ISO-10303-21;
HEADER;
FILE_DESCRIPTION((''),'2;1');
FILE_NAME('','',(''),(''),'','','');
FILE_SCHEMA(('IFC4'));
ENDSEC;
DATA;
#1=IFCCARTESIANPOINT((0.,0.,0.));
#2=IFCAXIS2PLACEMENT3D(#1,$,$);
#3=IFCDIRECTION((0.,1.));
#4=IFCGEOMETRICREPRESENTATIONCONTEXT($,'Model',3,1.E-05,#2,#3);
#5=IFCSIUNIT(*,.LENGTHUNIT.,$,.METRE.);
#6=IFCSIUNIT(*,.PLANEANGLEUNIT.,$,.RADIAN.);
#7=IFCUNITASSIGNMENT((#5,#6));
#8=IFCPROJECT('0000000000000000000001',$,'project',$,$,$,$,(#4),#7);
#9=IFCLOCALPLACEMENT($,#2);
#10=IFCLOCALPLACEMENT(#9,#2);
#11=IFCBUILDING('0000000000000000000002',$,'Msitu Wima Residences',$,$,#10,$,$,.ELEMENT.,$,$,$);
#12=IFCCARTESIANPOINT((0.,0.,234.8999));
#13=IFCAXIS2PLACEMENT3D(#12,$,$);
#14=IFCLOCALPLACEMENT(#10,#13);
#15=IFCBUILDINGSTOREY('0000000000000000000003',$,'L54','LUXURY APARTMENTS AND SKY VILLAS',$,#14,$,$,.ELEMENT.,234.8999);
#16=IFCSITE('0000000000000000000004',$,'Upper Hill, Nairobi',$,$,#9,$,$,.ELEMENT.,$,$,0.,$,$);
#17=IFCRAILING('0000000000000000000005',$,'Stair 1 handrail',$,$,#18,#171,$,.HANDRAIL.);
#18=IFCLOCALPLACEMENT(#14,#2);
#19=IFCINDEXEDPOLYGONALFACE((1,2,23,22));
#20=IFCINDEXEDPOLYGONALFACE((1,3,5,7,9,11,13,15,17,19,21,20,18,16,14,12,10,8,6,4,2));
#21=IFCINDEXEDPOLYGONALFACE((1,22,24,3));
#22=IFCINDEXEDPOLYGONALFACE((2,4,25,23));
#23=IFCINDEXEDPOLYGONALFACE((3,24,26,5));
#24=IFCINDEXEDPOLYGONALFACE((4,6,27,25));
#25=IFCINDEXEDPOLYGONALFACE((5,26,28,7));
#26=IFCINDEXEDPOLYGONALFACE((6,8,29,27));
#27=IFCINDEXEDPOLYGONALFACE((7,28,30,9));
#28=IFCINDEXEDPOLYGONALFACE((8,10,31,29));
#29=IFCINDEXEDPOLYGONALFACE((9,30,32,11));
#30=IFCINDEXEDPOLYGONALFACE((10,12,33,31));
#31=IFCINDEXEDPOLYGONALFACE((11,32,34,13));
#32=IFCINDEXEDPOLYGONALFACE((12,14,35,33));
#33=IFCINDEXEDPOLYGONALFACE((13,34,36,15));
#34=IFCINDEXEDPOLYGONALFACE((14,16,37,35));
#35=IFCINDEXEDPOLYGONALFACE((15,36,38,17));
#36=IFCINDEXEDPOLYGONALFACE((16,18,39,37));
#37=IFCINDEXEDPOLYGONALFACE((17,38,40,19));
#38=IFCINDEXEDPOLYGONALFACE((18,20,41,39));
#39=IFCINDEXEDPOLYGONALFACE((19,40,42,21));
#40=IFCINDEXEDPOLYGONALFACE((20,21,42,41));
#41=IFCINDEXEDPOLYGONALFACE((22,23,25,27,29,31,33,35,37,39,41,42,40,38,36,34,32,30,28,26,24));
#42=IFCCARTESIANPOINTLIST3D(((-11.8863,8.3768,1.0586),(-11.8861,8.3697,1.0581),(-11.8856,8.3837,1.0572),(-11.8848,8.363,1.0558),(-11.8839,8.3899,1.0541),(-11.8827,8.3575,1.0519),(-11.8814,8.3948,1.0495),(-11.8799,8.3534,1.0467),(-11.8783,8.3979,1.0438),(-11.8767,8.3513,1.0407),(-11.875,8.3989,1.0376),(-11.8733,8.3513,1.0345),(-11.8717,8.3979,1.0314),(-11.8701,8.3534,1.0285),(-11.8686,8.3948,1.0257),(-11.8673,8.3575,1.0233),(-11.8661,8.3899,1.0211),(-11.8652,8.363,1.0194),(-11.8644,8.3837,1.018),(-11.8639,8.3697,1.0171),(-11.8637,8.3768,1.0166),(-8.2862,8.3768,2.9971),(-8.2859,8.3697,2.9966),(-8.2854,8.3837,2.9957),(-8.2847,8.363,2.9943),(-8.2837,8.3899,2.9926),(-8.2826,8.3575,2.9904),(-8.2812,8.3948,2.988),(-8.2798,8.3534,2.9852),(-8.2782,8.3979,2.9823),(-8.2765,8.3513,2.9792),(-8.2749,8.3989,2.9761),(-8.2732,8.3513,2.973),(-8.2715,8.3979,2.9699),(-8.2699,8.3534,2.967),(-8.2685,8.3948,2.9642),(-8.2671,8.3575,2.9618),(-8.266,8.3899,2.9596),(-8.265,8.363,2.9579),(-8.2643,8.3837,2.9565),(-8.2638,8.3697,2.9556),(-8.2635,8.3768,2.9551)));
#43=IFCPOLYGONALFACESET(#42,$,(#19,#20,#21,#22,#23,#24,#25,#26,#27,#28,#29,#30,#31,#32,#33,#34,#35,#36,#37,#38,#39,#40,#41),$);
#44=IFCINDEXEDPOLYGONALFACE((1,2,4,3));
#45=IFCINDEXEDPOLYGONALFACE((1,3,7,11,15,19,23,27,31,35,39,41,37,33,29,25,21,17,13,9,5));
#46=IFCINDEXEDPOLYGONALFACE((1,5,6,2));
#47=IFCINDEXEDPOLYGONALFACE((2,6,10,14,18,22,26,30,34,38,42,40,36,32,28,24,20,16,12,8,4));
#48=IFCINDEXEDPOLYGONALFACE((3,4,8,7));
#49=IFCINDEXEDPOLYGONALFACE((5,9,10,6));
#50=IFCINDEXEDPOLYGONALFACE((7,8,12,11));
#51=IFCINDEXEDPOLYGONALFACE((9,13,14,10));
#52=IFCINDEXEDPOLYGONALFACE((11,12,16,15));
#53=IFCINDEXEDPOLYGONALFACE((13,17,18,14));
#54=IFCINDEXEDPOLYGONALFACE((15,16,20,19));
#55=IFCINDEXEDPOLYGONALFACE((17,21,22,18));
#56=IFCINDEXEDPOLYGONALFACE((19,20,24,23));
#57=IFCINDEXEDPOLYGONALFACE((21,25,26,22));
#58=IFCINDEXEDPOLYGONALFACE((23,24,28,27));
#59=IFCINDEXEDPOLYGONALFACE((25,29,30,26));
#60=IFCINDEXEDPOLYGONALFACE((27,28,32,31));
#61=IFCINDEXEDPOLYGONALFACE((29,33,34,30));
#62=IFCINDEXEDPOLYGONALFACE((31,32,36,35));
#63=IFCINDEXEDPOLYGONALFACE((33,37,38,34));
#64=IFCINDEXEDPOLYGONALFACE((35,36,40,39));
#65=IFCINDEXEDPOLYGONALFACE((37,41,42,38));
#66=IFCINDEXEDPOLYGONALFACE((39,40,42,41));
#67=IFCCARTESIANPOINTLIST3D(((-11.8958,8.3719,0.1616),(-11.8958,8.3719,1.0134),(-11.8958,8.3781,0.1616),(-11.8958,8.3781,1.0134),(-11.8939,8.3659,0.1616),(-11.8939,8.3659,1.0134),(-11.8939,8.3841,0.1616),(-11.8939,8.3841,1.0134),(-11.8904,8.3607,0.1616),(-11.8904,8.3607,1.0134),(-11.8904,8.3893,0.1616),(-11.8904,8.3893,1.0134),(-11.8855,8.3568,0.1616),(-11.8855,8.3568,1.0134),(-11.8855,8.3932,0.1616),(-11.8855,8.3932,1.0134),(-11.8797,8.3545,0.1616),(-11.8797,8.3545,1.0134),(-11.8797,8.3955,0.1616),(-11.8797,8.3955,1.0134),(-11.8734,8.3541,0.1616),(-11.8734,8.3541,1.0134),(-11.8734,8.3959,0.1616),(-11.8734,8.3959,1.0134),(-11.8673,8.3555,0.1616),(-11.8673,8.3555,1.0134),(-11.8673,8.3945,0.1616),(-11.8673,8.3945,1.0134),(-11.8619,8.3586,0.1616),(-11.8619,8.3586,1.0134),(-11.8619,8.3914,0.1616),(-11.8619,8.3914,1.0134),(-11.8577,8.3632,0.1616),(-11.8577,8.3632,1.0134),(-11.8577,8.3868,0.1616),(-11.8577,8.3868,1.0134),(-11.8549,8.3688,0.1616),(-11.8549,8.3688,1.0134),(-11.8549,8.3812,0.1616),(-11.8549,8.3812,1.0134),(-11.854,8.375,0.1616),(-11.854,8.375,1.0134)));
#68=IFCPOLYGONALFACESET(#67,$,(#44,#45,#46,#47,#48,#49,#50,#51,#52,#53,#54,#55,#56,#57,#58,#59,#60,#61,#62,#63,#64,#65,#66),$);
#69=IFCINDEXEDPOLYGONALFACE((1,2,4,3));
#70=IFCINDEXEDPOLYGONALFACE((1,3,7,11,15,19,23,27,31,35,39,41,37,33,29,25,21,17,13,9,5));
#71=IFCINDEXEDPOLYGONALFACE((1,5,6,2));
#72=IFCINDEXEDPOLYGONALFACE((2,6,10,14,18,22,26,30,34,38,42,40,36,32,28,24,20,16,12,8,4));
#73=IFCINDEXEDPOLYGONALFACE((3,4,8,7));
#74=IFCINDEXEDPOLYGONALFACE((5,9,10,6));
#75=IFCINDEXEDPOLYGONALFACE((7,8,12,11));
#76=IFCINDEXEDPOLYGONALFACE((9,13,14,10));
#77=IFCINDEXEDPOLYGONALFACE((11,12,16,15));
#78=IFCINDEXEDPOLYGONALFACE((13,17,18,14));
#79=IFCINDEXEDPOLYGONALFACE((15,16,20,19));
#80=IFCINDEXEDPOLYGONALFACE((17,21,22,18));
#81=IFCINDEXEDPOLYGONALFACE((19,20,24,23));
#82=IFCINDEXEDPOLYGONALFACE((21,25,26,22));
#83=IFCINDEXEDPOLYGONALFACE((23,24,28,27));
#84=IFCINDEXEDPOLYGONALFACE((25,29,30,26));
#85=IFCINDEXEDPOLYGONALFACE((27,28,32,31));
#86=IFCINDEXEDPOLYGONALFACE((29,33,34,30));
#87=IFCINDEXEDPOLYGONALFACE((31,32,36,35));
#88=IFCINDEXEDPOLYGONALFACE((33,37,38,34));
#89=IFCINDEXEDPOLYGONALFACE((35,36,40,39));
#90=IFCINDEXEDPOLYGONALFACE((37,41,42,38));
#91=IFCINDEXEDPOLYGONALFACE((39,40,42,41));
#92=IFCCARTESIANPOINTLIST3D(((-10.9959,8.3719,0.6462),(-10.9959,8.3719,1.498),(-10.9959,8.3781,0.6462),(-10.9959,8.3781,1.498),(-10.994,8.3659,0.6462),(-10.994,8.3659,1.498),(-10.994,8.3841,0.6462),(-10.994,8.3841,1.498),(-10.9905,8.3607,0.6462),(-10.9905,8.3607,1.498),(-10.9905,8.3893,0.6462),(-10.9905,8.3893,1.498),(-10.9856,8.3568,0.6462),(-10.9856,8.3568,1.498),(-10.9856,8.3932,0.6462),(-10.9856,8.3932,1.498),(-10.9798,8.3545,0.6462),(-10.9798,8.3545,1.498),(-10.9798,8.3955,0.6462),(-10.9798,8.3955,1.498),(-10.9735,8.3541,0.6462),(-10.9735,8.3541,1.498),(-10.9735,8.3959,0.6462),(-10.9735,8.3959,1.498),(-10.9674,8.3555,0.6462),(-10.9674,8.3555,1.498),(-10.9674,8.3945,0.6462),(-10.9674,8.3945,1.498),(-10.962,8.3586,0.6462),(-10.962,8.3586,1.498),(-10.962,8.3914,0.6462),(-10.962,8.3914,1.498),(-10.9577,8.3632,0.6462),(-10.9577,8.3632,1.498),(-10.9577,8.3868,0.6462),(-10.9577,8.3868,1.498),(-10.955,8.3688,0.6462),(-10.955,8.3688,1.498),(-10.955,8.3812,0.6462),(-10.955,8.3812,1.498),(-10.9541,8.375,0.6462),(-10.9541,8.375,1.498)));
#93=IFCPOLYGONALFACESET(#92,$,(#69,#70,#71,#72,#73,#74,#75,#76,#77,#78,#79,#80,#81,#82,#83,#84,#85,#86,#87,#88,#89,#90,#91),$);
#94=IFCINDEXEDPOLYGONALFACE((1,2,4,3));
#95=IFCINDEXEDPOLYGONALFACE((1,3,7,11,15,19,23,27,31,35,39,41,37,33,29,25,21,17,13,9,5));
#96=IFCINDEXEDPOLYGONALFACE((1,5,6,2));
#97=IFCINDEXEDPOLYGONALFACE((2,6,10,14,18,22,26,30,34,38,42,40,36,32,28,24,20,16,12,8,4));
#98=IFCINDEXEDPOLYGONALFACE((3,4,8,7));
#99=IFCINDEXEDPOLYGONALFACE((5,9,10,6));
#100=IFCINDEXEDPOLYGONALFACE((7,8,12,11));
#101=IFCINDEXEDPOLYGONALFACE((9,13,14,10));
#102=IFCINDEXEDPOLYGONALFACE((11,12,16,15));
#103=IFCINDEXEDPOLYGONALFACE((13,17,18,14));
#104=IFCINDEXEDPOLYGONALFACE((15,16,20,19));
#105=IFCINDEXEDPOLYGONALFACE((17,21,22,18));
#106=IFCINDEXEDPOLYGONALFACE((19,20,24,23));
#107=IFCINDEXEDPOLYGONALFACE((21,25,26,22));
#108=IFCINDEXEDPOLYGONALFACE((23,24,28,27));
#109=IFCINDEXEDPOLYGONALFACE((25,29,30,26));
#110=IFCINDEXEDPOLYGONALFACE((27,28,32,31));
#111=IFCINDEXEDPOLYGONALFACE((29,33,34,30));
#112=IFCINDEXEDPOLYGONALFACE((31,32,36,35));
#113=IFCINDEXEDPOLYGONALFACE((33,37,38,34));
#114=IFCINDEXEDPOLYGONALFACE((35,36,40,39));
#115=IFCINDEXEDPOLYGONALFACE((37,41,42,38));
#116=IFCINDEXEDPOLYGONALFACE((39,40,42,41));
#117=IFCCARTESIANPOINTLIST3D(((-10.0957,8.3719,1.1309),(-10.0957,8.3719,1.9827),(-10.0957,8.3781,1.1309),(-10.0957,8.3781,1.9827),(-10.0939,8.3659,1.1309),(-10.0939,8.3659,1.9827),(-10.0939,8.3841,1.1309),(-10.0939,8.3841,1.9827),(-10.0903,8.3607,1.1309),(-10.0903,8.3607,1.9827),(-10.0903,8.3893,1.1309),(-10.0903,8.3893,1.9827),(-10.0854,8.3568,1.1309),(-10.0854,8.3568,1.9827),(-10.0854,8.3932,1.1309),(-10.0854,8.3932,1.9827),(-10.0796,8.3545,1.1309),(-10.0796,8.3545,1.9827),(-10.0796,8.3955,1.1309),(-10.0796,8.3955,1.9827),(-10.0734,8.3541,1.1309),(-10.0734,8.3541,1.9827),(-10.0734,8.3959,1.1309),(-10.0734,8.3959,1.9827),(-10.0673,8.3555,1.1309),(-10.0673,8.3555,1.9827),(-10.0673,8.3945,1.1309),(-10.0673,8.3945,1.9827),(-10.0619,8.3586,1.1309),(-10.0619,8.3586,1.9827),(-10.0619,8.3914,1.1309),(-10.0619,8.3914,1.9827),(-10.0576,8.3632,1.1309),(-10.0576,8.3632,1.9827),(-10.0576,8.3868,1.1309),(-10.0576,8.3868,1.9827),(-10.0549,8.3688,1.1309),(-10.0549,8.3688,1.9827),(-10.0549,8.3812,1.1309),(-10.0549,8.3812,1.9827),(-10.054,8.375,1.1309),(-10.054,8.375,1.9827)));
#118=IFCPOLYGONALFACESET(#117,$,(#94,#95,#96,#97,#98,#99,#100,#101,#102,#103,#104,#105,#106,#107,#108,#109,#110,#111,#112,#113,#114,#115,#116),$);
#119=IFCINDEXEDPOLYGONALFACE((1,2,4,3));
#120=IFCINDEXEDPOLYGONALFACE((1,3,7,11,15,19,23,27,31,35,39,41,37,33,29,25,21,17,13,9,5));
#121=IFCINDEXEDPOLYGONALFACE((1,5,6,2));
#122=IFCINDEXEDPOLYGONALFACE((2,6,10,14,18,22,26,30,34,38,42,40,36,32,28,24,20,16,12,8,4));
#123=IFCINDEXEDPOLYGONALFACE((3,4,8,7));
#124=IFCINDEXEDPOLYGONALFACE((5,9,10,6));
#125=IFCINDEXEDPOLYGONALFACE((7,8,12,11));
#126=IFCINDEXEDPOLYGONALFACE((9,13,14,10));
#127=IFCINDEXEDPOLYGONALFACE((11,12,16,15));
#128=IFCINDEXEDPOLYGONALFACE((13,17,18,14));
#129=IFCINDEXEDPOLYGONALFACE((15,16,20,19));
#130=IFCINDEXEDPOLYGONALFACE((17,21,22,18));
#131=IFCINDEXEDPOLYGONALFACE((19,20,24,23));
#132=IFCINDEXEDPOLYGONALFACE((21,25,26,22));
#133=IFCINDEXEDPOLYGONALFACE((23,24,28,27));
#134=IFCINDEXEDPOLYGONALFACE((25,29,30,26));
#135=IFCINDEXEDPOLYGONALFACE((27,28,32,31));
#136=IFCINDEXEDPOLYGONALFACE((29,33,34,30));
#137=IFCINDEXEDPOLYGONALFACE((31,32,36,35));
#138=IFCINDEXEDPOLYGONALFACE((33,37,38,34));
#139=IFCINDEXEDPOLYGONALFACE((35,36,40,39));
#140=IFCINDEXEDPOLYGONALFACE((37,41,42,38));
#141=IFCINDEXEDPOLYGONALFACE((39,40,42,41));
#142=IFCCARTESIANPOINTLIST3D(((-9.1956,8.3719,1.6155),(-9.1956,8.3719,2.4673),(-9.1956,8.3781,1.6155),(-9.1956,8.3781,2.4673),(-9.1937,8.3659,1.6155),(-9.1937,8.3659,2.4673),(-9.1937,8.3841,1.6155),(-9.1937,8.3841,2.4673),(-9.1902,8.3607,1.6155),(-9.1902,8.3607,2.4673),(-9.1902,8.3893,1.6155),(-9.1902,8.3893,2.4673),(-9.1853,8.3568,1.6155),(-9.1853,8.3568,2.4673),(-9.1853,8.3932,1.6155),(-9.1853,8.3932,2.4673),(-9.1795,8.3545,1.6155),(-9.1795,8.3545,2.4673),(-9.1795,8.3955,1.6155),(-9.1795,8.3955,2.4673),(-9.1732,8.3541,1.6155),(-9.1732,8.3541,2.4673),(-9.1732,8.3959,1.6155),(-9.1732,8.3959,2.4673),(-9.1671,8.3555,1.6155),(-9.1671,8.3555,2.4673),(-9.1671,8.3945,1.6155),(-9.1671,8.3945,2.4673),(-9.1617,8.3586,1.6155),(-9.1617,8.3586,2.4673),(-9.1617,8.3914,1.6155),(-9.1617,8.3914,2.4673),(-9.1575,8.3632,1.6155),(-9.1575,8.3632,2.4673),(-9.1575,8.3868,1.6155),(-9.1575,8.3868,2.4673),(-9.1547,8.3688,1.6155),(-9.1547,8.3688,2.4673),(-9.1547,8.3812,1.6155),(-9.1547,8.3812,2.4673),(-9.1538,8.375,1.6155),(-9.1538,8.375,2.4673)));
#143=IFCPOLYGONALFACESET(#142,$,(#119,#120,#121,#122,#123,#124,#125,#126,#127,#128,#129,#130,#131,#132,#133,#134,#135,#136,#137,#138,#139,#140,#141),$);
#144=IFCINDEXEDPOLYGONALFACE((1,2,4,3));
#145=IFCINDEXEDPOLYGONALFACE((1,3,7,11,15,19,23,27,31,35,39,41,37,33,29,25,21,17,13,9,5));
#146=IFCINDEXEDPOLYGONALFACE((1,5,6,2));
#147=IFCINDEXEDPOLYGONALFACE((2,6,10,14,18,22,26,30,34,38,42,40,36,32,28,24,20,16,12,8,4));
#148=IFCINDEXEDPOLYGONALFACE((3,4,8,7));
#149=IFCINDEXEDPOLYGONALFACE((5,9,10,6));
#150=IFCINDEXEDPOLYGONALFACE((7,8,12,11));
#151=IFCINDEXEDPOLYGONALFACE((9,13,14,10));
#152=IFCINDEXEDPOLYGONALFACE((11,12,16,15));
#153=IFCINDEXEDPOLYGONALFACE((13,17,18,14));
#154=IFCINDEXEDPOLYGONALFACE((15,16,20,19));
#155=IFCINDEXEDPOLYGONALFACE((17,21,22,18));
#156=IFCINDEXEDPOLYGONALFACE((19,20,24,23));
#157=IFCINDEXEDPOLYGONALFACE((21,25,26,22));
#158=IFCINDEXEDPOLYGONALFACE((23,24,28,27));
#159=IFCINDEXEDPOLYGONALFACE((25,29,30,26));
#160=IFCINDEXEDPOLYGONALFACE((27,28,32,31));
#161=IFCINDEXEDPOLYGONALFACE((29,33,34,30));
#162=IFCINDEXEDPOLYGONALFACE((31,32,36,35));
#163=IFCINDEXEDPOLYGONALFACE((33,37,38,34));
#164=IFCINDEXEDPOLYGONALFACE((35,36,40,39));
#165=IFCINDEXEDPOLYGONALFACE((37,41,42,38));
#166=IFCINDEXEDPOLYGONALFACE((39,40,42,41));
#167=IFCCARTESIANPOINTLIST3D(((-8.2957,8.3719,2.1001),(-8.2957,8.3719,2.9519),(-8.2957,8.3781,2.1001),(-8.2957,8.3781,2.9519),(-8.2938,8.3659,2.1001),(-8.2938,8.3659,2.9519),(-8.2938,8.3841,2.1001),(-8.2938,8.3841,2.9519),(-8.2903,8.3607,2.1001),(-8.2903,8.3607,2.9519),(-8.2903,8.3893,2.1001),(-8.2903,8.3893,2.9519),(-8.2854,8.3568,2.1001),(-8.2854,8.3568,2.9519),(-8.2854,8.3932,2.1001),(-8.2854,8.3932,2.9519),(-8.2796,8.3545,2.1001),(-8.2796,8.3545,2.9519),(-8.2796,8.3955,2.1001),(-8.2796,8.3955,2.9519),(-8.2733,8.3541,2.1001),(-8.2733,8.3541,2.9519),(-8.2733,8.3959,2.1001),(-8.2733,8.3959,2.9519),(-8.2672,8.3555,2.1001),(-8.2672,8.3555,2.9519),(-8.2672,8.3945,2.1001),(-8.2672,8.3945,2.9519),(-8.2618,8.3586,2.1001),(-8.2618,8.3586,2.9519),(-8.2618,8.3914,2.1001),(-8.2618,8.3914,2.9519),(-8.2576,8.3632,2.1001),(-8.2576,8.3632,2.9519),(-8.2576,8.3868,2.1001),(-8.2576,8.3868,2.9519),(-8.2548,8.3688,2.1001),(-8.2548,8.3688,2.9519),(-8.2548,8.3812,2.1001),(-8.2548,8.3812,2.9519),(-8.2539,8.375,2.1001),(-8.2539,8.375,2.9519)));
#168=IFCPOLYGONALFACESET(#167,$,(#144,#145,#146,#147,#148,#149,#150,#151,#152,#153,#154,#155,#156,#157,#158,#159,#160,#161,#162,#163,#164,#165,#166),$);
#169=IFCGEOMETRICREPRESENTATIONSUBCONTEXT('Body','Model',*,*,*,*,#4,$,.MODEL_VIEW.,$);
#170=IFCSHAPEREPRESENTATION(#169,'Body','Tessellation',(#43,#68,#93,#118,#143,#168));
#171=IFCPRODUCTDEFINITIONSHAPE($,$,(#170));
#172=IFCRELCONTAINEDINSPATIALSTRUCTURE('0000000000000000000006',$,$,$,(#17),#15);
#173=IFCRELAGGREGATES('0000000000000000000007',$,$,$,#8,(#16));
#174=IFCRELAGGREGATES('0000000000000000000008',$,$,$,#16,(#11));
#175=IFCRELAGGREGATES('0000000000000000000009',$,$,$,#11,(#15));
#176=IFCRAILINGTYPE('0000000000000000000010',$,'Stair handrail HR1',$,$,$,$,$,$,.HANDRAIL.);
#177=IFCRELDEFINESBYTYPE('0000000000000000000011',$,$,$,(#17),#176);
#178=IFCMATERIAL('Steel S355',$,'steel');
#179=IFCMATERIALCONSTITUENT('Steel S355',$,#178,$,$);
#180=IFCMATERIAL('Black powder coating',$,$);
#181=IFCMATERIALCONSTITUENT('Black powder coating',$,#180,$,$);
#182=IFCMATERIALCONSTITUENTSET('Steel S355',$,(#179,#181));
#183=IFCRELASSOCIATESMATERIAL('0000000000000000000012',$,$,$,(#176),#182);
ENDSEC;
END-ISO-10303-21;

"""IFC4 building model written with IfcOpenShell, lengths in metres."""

from ifc_helpers import new_model, si_unit, direction, frame, origin, origin_2d, place, context, subcontext, project, spatial, circle, extrude, material, constituent, constituent_set, type_object, element, save


model = new_model("IFC4")

# Units and contexts
model_context = context("Model", 3, precision=1e-05, world=origin(), true_north=direction((0.0, 1.0)))
body_context = subcontext(model_context, "Body", "Model", "MODEL_VIEW")
ifc_project = project(units=[si_unit("LENGTHUNIT", "METRE"), si_unit("PLANEANGLEUNIT", "RADIAN")], contexts=[model_context])

# Site, building, storey
site_placement = place(None, origin())
site = spatial("IfcSite", under=ifc_project, at=site_placement, Name="Upper Hill, Nairobi", CompositionType="ELEMENT", RefElevation=0.0)
building_placement = place(site_placement, origin())
building = spatial("IfcBuilding", under=site, at=building_placement, Name="Msitu Wima Residences", CompositionType="ELEMENT")
storey_placement = place(building_placement, frame((0.0, 0.0, 234.8999)))
storey = spatial("IfcBuildingStorey", under=building, at=storey_placement, Name="L54", Description="LUXURY APARTMENTS AND SKY VILLAS", CompositionType="ELEMENT", Elevation=234.8999)

# Railing
ifc_material_1 = material(Name="Steel S355", Category="steel")
ifc_constituent_1 = constituent(ifc_material_1, Name="Steel S355")
ifc_material_2 = material(Name="Black powder coating")
ifc_constituent_2 = constituent(ifc_material_2, Name="Black powder coating")
ifc_constituent_set = constituent_set(constituents=[ifc_constituent_1, ifc_constituent_2], Name="Steel S355")
railing_type = type_object("IfcRailingType", Name="Stair handrail HR1", PredefinedType="HANDRAIL", material=ifc_constituent_set)
for number, where, name in (
    (1, (-11.875, 8.375, 0.1616), "Stair 1 handrail"),
):
    element("IfcRailing", number, at=place(storey_placement, frame(where)), inside=storey, type_object=railing_type, Name=name, PredefinedType="HANDRAIL", context=body_context, shape_type="SweptSolid", body=[
        extrude(circle(Radius=0.0239, at=origin_2d()), frame((0.0, 0.0, 0.876), z_axis=(0.880475, 0.0, 0.474093), x_axis=(0.0, 1.0, 0.0)), (0.0, 0.0, 1.0), 4.0889),
        extrude(circle(Radius=0.021, at=origin_2d()), origin(), (0.0, 0.0, 1.0), 0.8518),
        extrude(circle(Radius=0.021, at=origin_2d()), frame((0.8999, 0.0, 0.4846)), (0.0, 0.0, 1.0), 0.8518),
        extrude(circle(Radius=0.021, at=origin_2d()), frame((1.8, 0.0, 0.9692)), (0.0, 0.0, 1.0), 0.8518),
        extrude(circle(Radius=0.021, at=origin_2d()), frame((2.7002, 0.0, 1.4539)), (0.0, 0.0, 1.0), 0.8518),
        extrude(circle(Radius=0.021, at=origin_2d()), frame((3.6001, 0.0, 1.9385)), (0.0, 0.0, 1.0), 0.8518),
    ])

save(model, "model.ifc")
